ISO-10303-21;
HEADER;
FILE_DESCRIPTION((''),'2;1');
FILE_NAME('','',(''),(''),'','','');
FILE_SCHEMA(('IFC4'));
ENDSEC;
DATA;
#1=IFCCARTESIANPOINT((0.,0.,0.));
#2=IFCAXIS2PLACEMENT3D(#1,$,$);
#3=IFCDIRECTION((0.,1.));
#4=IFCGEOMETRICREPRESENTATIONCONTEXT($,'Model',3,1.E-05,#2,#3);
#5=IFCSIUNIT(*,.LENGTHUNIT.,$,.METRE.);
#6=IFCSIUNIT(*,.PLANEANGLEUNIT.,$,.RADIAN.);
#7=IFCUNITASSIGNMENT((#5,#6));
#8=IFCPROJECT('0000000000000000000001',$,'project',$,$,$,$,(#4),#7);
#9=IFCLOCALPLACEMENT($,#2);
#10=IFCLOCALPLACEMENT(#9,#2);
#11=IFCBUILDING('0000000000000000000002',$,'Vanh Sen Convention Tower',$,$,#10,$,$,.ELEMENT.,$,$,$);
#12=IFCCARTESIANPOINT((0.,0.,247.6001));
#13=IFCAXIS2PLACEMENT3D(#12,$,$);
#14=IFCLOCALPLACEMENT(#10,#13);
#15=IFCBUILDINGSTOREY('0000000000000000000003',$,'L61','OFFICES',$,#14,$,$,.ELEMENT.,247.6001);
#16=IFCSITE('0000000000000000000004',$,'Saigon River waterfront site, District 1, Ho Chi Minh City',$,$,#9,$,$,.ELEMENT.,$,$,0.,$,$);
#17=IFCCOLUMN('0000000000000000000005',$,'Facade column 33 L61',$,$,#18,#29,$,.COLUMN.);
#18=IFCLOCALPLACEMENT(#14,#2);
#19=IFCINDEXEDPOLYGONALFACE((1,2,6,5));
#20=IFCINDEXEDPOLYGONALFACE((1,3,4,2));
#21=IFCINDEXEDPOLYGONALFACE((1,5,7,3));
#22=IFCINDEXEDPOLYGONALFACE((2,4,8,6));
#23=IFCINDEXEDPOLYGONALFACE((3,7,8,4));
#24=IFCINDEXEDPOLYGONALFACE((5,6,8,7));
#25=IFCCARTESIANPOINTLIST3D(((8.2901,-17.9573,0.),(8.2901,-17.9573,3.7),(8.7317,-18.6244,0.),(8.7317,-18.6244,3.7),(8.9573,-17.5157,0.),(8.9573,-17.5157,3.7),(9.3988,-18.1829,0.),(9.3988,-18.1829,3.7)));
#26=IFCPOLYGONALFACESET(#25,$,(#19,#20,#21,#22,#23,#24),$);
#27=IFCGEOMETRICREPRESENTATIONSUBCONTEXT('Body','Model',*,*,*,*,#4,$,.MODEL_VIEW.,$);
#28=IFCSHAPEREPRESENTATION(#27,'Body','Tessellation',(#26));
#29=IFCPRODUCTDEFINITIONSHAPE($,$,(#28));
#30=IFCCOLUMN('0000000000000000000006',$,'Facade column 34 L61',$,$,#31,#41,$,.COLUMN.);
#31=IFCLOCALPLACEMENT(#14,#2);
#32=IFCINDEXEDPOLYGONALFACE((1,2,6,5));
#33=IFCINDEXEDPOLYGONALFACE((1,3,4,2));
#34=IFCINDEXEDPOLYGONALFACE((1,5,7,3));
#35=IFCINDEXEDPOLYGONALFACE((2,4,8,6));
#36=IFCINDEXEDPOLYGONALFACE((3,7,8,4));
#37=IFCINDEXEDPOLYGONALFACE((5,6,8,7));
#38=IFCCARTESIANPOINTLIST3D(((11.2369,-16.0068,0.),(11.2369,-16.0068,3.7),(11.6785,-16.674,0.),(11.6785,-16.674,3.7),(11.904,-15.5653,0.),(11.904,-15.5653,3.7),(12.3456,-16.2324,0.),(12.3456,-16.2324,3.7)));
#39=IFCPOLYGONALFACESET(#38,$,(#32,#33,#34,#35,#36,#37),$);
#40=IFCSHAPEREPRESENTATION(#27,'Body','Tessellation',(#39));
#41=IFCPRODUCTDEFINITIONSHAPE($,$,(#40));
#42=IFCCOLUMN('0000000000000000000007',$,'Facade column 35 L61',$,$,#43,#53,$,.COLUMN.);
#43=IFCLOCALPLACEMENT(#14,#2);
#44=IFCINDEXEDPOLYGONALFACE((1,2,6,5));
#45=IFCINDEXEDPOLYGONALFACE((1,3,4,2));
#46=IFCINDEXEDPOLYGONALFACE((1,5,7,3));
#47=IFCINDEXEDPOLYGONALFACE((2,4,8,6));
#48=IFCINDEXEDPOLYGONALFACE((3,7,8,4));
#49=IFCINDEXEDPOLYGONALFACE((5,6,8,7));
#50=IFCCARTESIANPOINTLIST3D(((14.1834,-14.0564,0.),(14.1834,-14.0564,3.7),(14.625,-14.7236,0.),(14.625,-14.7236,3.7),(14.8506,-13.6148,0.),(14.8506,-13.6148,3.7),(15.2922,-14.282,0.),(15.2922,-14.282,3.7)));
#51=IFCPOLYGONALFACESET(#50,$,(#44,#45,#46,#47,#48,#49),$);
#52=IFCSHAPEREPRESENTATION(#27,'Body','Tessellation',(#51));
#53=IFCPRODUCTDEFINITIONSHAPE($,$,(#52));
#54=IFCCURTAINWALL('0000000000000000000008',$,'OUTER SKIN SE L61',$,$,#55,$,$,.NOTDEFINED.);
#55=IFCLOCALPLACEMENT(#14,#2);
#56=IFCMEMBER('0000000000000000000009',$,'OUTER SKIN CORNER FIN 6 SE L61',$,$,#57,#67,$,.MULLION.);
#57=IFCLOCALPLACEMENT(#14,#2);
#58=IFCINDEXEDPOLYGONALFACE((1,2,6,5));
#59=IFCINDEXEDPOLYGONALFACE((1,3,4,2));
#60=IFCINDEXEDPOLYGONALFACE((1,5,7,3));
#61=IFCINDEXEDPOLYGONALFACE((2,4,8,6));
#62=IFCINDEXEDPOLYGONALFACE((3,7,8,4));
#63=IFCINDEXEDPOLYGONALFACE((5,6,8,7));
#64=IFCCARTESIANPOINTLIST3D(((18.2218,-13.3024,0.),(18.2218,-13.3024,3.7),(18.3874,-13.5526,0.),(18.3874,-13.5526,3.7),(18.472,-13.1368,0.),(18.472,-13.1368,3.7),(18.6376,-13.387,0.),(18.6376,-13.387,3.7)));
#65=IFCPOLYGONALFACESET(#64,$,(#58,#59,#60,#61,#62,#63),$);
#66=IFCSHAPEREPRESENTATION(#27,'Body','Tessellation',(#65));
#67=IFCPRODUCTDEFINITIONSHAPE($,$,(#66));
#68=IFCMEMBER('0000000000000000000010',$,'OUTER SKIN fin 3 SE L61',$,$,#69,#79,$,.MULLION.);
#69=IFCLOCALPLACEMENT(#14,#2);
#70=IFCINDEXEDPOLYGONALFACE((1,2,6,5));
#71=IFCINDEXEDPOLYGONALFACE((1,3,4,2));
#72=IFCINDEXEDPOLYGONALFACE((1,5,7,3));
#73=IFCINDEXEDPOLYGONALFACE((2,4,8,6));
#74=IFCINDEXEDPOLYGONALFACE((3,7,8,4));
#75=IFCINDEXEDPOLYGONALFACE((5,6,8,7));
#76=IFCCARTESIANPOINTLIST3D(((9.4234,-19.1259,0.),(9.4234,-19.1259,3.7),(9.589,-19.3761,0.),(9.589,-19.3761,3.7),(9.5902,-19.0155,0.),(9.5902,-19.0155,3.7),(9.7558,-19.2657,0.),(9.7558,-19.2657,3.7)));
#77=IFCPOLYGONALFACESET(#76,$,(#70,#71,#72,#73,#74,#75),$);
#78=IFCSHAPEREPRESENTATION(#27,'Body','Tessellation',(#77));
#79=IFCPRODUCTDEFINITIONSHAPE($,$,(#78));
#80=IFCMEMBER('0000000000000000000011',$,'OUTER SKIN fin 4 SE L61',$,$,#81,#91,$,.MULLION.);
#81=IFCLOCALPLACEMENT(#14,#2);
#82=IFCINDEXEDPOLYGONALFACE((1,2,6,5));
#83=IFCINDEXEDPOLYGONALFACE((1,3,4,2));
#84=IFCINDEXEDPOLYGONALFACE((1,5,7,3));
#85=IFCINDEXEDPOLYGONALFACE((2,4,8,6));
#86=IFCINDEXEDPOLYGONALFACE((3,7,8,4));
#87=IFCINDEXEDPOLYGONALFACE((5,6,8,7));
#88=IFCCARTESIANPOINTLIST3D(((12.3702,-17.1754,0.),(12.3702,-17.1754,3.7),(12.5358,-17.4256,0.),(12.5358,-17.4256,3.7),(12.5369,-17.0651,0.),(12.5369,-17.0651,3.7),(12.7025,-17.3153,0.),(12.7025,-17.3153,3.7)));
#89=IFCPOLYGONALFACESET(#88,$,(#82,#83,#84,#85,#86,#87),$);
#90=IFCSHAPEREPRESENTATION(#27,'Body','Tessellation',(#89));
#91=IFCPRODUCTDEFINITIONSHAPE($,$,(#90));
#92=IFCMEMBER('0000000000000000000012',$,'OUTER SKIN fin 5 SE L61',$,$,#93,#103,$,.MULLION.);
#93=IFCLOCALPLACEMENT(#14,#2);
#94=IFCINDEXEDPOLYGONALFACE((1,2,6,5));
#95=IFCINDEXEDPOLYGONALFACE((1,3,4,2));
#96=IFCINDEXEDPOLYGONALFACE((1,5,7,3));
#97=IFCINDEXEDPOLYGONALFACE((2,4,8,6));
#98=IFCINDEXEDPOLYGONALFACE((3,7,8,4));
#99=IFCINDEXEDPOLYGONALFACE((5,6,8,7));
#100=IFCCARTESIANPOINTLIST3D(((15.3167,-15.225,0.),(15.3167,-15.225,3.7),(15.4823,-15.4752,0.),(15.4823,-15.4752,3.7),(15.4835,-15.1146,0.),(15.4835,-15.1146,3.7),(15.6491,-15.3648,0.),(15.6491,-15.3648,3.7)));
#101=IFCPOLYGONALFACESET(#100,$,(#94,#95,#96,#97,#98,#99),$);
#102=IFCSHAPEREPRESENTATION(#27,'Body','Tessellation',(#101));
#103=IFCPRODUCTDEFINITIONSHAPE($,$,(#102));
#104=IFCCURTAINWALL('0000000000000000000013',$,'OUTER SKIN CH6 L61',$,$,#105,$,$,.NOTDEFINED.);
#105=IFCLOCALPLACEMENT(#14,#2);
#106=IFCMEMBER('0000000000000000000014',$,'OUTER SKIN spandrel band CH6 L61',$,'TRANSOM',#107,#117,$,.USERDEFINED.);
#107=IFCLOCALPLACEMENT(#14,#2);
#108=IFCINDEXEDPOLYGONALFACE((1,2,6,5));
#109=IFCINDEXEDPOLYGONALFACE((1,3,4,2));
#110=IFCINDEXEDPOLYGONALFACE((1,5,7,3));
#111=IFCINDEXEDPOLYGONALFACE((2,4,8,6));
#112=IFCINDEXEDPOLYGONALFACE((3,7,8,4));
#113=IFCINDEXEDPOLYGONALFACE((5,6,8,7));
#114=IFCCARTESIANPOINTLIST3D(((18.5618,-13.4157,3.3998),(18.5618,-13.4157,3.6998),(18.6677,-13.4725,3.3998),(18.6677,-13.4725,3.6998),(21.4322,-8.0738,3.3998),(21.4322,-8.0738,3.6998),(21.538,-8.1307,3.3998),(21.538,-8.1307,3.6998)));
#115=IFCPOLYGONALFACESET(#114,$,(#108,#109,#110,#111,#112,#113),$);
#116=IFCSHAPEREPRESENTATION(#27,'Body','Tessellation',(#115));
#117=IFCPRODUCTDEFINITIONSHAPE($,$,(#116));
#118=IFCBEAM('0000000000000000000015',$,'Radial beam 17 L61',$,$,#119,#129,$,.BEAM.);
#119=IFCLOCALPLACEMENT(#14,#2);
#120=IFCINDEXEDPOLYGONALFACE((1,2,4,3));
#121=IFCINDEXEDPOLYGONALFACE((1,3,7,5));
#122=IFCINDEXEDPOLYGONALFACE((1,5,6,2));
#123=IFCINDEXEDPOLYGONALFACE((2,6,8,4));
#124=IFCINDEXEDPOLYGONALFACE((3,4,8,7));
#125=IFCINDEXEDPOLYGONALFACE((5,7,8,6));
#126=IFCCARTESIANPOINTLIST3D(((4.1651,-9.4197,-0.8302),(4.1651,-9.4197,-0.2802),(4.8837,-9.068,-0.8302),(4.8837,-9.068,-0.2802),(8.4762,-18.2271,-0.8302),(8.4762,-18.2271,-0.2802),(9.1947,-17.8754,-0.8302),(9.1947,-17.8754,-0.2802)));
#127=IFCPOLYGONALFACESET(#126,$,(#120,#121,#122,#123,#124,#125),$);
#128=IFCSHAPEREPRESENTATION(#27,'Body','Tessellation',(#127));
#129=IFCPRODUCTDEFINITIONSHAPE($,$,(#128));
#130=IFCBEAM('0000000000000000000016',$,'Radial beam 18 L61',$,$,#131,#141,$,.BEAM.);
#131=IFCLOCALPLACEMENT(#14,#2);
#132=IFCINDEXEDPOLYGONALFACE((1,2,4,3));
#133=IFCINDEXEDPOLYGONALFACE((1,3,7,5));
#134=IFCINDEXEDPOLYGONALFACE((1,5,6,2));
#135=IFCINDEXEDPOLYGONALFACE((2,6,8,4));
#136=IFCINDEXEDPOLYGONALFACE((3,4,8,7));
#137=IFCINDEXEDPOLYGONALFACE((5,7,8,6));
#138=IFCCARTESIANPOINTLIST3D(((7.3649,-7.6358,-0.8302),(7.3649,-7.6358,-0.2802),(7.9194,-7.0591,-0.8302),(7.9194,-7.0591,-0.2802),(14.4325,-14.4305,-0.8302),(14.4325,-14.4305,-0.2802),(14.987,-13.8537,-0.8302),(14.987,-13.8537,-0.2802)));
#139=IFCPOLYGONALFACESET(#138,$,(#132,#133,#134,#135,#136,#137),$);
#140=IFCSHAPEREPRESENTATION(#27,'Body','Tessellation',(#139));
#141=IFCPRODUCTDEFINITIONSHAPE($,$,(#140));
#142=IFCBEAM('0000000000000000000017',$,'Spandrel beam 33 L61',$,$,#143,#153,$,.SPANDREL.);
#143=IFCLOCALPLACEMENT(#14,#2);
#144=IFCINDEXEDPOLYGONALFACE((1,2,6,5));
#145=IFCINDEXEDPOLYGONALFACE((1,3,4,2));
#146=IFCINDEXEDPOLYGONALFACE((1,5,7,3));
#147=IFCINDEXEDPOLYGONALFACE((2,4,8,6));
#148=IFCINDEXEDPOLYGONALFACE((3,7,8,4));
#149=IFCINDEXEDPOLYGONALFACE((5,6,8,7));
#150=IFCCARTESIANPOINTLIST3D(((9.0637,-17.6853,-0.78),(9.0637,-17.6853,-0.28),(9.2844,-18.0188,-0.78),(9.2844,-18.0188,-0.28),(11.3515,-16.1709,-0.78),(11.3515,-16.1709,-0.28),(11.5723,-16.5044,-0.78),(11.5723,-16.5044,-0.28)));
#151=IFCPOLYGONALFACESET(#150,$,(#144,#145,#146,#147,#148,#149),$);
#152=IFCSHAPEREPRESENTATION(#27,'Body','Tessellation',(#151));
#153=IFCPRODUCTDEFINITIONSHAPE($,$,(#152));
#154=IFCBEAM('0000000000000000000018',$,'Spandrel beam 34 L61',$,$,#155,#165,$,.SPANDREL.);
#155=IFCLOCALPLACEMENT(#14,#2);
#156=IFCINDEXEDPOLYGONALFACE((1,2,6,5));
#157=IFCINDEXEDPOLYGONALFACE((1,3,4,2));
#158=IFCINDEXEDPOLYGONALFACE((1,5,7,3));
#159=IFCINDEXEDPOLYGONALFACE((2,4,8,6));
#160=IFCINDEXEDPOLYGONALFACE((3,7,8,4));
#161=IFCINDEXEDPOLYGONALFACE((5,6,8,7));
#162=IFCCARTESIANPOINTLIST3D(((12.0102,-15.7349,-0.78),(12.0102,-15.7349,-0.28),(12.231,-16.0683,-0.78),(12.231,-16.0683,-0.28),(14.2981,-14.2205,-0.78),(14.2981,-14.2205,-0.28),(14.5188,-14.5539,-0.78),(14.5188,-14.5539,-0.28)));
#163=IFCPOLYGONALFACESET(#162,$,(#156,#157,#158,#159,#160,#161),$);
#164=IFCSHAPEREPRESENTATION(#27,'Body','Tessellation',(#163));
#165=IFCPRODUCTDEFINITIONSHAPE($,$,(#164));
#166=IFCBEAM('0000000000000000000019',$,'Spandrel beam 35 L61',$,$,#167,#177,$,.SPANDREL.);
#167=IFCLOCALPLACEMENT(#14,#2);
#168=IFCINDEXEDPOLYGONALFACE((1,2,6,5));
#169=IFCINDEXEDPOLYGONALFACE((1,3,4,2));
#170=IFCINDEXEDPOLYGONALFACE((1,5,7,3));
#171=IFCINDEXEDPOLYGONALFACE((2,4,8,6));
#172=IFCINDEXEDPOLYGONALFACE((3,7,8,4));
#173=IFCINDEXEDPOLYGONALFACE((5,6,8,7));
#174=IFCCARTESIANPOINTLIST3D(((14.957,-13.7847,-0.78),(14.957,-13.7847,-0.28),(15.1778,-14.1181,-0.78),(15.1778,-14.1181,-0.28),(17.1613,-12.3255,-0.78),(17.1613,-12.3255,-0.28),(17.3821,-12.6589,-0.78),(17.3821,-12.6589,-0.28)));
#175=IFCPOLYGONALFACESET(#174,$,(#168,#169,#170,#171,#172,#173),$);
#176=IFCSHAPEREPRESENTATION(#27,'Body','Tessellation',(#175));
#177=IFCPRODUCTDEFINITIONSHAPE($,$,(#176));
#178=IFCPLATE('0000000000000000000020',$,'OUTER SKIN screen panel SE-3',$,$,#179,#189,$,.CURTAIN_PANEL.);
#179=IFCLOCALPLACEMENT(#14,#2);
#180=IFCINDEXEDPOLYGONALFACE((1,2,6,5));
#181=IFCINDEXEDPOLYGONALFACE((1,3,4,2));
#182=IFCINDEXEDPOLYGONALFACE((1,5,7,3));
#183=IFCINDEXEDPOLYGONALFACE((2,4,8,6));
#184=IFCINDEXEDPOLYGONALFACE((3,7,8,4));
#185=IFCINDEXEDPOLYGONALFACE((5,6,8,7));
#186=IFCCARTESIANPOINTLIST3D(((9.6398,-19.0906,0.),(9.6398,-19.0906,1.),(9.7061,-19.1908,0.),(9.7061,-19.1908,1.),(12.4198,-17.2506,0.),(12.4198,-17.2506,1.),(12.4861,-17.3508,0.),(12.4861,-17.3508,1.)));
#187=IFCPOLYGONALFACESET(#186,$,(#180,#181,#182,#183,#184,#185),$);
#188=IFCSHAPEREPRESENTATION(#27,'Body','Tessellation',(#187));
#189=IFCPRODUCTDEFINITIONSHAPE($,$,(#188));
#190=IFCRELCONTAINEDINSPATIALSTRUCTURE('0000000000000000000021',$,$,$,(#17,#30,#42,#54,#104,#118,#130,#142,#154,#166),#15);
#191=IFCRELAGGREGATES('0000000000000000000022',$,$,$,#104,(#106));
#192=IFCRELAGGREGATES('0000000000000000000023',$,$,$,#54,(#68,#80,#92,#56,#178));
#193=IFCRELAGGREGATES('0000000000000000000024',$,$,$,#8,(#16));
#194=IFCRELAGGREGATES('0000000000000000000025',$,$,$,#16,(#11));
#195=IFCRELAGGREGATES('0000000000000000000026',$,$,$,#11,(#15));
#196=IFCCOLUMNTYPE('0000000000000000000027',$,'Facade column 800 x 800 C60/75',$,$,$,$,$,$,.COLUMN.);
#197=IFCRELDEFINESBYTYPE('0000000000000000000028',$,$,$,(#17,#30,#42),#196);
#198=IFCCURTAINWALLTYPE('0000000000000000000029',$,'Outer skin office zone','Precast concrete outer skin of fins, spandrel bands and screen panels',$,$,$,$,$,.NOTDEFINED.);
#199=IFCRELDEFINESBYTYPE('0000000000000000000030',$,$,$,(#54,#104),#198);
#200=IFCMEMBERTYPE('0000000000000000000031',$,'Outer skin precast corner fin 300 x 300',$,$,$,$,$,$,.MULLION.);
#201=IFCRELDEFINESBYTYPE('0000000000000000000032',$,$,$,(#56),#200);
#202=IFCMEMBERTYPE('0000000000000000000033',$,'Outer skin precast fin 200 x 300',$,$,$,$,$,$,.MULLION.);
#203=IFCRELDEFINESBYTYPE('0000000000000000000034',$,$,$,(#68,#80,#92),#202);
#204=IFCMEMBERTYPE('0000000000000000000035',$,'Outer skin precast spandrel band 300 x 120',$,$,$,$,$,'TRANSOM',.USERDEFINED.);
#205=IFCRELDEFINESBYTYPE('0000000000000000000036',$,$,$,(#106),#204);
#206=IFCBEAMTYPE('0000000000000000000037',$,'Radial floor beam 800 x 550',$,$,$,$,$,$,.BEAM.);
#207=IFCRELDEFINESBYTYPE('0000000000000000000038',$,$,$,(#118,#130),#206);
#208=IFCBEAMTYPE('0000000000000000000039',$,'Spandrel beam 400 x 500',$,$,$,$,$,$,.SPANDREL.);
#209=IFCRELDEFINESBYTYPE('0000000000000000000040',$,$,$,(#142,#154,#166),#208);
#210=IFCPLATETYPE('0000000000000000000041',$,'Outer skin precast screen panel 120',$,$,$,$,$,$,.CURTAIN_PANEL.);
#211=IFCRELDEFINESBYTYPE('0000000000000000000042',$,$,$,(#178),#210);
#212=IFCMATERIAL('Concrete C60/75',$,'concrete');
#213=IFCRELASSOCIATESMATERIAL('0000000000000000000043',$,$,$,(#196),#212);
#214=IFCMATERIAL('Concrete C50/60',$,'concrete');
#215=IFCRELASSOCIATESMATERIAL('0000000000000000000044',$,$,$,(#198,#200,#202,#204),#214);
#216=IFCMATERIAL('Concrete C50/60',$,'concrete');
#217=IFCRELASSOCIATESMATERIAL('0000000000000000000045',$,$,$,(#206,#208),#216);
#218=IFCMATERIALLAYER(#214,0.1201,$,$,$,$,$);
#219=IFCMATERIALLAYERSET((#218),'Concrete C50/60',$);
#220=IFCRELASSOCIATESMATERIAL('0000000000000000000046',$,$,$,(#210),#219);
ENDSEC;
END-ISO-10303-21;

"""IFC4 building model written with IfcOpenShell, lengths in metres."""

from ifc_helpers import new_model, si_unit, direction, frame, origin, origin_2d, place, context, subcontext, project, spatial, rectangle, extrude, material, layer, layer_set, material_profile, profile_set, type_object, element, aggregate, save


model = new_model("IFC4")

# Units and contexts
model_context = context("Model", 3, precision=1e-05, world=origin(), true_north=direction((0.0, 1.0)))
body_context = subcontext(model_context, "Body", "Model", "MODEL_VIEW")
ifc_project = project(units=[si_unit("LENGTHUNIT", "METRE"), si_unit("PLANEANGLEUNIT", "RADIAN")], contexts=[model_context])

# Site, building, storey
site_placement = place(None, origin())
site = spatial("IfcSite", under=ifc_project, at=site_placement, Name="Saigon River waterfront site, District 1, Ho Chi Minh City", CompositionType="ELEMENT", RefElevation=0.0)
building_placement = place(site_placement, origin())
building = spatial("IfcBuilding", under=site, at=building_placement, Name="Vanh Sen Convention Tower", CompositionType="ELEMENT")
storey_placement = place(building_placement, frame((0.0, 0.0, 247.6001)))
storey = spatial("IfcBuildingStorey", under=building, at=storey_placement, Name="L61", Description="OFFICES", CompositionType="ELEMENT", Elevation=247.6001)

# Columns
ifc_material_1 = material(Name="Concrete C60/75", Category="concrete")
ifc_material_profile_1 = material_profile(ifc_material_1, rectangle(XDim=0.8, YDim=0.8, at=origin_2d()), Name="RC 800X800")
ifc_profile_set_1 = profile_set([ifc_material_profile_1], Name="Concrete C60/75")
column_type = type_object("IfcColumnType", Name="Facade column 800 x 800 C60/75", PredefinedType="COLUMN", material=ifc_profile_set_1)
for number, where, z_axis, x_axis, name in (
    (1, (8.8445, -18.0701, 0.0), (0.0, 0.0, 1.0), (0.833886, 0.551937, 0.0), "Facade column 33 L61"),
    (2, (11.7913, -16.1196, 0.0), (0.0, 0.0, 1.0), (0.833886, 0.551937, 0.0), "Facade column 34 L61"),
    (3, (14.7378, -14.1692, 0.0), (0.0, 0.0, 1.0), (0.833886, 0.551937, 0.0), "Facade column 35 L61"),
):
    element("IfcColumn", number, at=place(storey_placement, frame(where, z_axis=z_axis, x_axis=x_axis)), inside=storey, type_object=column_type, Name=name, PredefinedType="COLUMN", context=body_context, shape_type="SweptSolid", body=[
        extrude(rectangle(XDim=0.8, YDim=0.8, at=origin_2d()), origin(), (0.0, 0.0, 1.0), 3.7),
    ])

# Curtain wall, members
ifc_material_2 = material(Name="Concrete C50/60", Category="concrete")
curtain_wall_type = type_object("IfcCurtainWallType", Name="Outer skin office zone", Description="Precast concrete outer skin of fins, spandrel bands and screen panels", PredefinedType="NOTDEFINED", material=ifc_material_2)
curtain_wall_1_placement = place(storey_placement, origin())
curtain_wall_1 = element("IfcCurtainWall", 4, at=curtain_wall_1_placement, inside=storey, type_object=curtain_wall_type, Name="OUTER SKIN SE L61", PredefinedType="NOTDEFINED")
ifc_material_profile_2 = material_profile(ifc_material_2, rectangle(XDim=0.3, YDim=0.3, at=origin_2d()), Name="Outer skin precast corner fin 300 x 300")
ifc_profile_set_2 = profile_set([ifc_material_profile_2], Name="Concrete C50/60")
member_type_1 = type_object("IfcMemberType", Name="Outer skin precast corner fin 300 x 300", PredefinedType="MULLION", material=ifc_profile_set_2)
member_1_placement = place(storey_placement, frame((18.4297, -13.3447, 0.0), z_axis=(0.0, 0.0, 1.0), x_axis=(0.833886, 0.551937, 0.0)))
member_1 = element("IfcMember", 5, at=member_1_placement, type_object=member_type_1, Name="OUTER SKIN CORNER FIN 6 SE L61", PredefinedType="MULLION", context=body_context, shape_type="SweptSolid", body=[
    extrude(rectangle(XDim=0.3, YDim=0.3, at=origin_2d()), origin(), (0.0, 0.0, 1.0), 3.7),
])
ifc_material_profile_3 = material_profile(ifc_material_2, rectangle(XDim=0.2, YDim=0.3, at=origin_2d()), Name="Outer skin precast fin 200 x 300")
ifc_profile_set_3 = profile_set([ifc_material_profile_3], Name="Concrete C50/60")
member_type_2 = type_object("IfcMemberType", Name="Outer skin precast fin 200 x 300", PredefinedType="MULLION", material=ifc_profile_set_3)
member_2_placement = place(storey_placement, frame((9.5896, -19.1958, 0.0), z_axis=(0.0, 0.0, 1.0), x_axis=(0.833886, 0.551937, 0.0)))
member_2 = element("IfcMember", 6, at=member_2_placement, type_object=member_type_2, Name="OUTER SKIN fin 3 SE L61", PredefinedType="MULLION", context=body_context, shape_type="SweptSolid", body=[
    extrude(rectangle(XDim=0.2, YDim=0.3, at=origin_2d()), origin(), (0.0, 0.0, 1.0), 3.7),
])
member_3_placement = place(storey_placement, frame((12.5364, -17.2454, 0.0), z_axis=(0.0, 0.0, 1.0), x_axis=(0.833886, 0.551937, 0.0)))
member_3 = element("IfcMember", 7, at=member_3_placement, type_object=member_type_2, Name="OUTER SKIN fin 4 SE L61", PredefinedType="MULLION", context=body_context, shape_type="SweptSolid", body=[
    extrude(rectangle(XDim=0.2, YDim=0.3, at=origin_2d()), origin(), (0.0, 0.0, 1.0), 3.7),
])
member_4_placement = place(storey_placement, frame((15.4829, -15.2949, 0.0), z_axis=(0.0, 0.0, 1.0), x_axis=(0.833886, 0.551937, 0.0)))
member_4 = element("IfcMember", 8, at=member_4_placement, type_object=member_type_2, Name="OUTER SKIN fin 5 SE L61", PredefinedType="MULLION", context=body_context, shape_type="SweptSolid", body=[
    extrude(rectangle(XDim=0.2, YDim=0.3, at=origin_2d()), origin(), (0.0, 0.0, 1.0), 3.7),
])

# Curtain wall, member
curtain_wall_2_placement = place(storey_placement, origin())
curtain_wall_2 = element("IfcCurtainWall", 9, at=curtain_wall_2_placement, inside=storey, type_object=curtain_wall_type, Name="OUTER SKIN CH6 L61", PredefinedType="NOTDEFINED")
ifc_material_profile_4 = material_profile(ifc_material_2, rectangle(XDim=0.1201, YDim=0.3, at=origin_2d()), Name="Outer skin precast spandrel band 300 x 120")
ifc_profile_set_4 = profile_set([ifc_material_profile_4], Name="Concrete C50/60")
member_type_3 = type_object("IfcMemberType", Name="Outer skin precast spandrel band 300 x 120", ElementType="TRANSOM", PredefinedType="USERDEFINED", material=ifc_profile_set_4)
member_5_placement = place(storey_placement, frame((18.6147, -13.4441, 3.5498), z_axis=(0.473334, 0.880883, 0.0), x_axis=(-0.880883, 0.473334, 0.0)))
member_5 = element("IfcMember", 10, at=member_5_placement, type_object=member_type_3, Name="OUTER SKIN spandrel band CH6 L61", ObjectType="TRANSOM", PredefinedType="USERDEFINED", context=body_context, shape_type="SweptSolid", body=[
    extrude(rectangle(XDim=0.1201, YDim=0.3, at=origin_2d()), origin(), (0.0, 0.0, 1.0), 6.0642),
])
aggregate(curtain_wall_2, [member_5])

# Beams
ifc_material_3 = material(Name="Concrete C50/60", Category="concrete")
ifc_material_profile_5 = material_profile(ifc_material_3, rectangle(XDim=0.8, YDim=0.55, at=origin_2d()), Name="RC 800X550")
ifc_profile_set_5 = profile_set([ifc_material_profile_5], Name="Concrete C50/60")
beam_type_1 = type_object("IfcBeamType", Name="Radial floor beam 800 x 550", PredefinedType="BEAM", material=ifc_profile_set_5)
beam_1_placement = place(storey_placement, frame((8.8354, -18.0513, -0.5552), z_axis=(-0.439639, 0.898175, 0.0), x_axis=(-0.898175, -0.439639, 0.0)))
element("IfcBeam", 11, at=beam_1_placement, inside=storey, type_object=beam_type_1, Name="Radial beam 17 L61", PredefinedType="BEAM", context=body_context, shape_type="SweptSolid", body=[
    extrude(rectangle(XDim=0.8, YDim=0.55, at=origin_2d()), origin(), (0.0, 0.0, 1.0), 9.8059),
])
beam_2_placement = place(storey_placement, frame((14.7097, -14.1421, -0.5552), z_axis=(-0.72089, 0.693049, 0.0), x_axis=(-0.693049, -0.72089, 0.0)))
element("IfcBeam", 12, at=beam_2_placement, inside=storey, type_object=beam_type_1, Name="Radial beam 18 L61", PredefinedType="BEAM", context=body_context, shape_type="SweptSolid", body=[
    extrude(rectangle(XDim=0.8, YDim=0.55, at=origin_2d()), origin(), (0.0, 0.0, 1.0), 9.804),
])
ifc_material_profile_6 = material_profile(ifc_material_3, rectangle(XDim=0.3999, YDim=0.5, at=origin_2d()), Name="RC 400X500")
ifc_profile_set_6 = profile_set([ifc_material_profile_6], Name="Concrete C50/60")
beam_type_2 = type_object("IfcBeamType", Name="Spandrel beam 400 x 500", PredefinedType="SPANDREL", material=ifc_profile_set_6)
for number, where, z_axis, x_axis, name in (
    (13, (9.1741, -17.8521, -0.53), (0.833867, 0.551966, 0.0), (-0.551966, 0.833867, 0.0), "Spandrel beam 33 L61"),
    (14, (12.1206, -15.9016, -0.53), (0.833867, 0.551966, 0.0), (-0.551966, 0.833867, 0.0), "Spandrel beam 34 L61"),
):
    element("IfcBeam", number, at=place(storey_placement, frame(where, z_axis=z_axis, x_axis=x_axis)), inside=storey, type_object=beam_type_2, Name=name, PredefinedType="SPANDREL", context=body_context, shape_type="SweptSolid", body=[
        extrude(rectangle(XDim=0.3999, YDim=0.5, at=origin_2d()), origin(), (0.0, 0.0, 1.0), 2.7437),
    ])
beam_3_placement = place(storey_placement, frame((15.0674, -13.9514, -0.53), z_axis=(0.83385, 0.551991, 0.0), x_axis=(-0.551991, 0.83385, 0.0)))
element("IfcBeam", 15, at=beam_3_placement, inside=storey, type_object=beam_type_2, Name="Spandrel beam 35 L61", PredefinedType="SPANDREL", context=body_context, shape_type="SweptSolid", body=[
    extrude(rectangle(XDim=0.3999, YDim=0.5, at=origin_2d()), origin(), (0.0, 0.0, 1.0), 2.6436),
])

# Plate
ifc_layer_1 = layer(ifc_material_2, 0.1201)
ifc_layer_set_1 = layer_set([ifc_layer_1], Name="Concrete C50/60")
plate_type = type_object("IfcPlateType", Name="Outer skin precast screen panel 120", PredefinedType="CURTAIN_PANEL", material=ifc_layer_set_1)
plate_1_placement = place(storey_placement, frame((11.063, -18.2207, 0.0), z_axis=(0.0, 0.0, 1.0), x_axis=(0.833896, 0.551921, 0.0)))
plate_1 = element("IfcPlate", 16, at=plate_1_placement, type_object=plate_type, Name="OUTER SKIN screen panel SE-3", PredefinedType="CURTAIN_PANEL", context=body_context, shape_type="SweptSolid", body=[
    extrude(rectangle(XDim=3.3337, YDim=0.1201, at=origin_2d()), origin(), (0.0, 0.0, 1.0), 1.0),
])
aggregate(curtain_wall_1, [member_2, member_3, member_4, member_1, plate_1])

save(model, "model.ifc")
